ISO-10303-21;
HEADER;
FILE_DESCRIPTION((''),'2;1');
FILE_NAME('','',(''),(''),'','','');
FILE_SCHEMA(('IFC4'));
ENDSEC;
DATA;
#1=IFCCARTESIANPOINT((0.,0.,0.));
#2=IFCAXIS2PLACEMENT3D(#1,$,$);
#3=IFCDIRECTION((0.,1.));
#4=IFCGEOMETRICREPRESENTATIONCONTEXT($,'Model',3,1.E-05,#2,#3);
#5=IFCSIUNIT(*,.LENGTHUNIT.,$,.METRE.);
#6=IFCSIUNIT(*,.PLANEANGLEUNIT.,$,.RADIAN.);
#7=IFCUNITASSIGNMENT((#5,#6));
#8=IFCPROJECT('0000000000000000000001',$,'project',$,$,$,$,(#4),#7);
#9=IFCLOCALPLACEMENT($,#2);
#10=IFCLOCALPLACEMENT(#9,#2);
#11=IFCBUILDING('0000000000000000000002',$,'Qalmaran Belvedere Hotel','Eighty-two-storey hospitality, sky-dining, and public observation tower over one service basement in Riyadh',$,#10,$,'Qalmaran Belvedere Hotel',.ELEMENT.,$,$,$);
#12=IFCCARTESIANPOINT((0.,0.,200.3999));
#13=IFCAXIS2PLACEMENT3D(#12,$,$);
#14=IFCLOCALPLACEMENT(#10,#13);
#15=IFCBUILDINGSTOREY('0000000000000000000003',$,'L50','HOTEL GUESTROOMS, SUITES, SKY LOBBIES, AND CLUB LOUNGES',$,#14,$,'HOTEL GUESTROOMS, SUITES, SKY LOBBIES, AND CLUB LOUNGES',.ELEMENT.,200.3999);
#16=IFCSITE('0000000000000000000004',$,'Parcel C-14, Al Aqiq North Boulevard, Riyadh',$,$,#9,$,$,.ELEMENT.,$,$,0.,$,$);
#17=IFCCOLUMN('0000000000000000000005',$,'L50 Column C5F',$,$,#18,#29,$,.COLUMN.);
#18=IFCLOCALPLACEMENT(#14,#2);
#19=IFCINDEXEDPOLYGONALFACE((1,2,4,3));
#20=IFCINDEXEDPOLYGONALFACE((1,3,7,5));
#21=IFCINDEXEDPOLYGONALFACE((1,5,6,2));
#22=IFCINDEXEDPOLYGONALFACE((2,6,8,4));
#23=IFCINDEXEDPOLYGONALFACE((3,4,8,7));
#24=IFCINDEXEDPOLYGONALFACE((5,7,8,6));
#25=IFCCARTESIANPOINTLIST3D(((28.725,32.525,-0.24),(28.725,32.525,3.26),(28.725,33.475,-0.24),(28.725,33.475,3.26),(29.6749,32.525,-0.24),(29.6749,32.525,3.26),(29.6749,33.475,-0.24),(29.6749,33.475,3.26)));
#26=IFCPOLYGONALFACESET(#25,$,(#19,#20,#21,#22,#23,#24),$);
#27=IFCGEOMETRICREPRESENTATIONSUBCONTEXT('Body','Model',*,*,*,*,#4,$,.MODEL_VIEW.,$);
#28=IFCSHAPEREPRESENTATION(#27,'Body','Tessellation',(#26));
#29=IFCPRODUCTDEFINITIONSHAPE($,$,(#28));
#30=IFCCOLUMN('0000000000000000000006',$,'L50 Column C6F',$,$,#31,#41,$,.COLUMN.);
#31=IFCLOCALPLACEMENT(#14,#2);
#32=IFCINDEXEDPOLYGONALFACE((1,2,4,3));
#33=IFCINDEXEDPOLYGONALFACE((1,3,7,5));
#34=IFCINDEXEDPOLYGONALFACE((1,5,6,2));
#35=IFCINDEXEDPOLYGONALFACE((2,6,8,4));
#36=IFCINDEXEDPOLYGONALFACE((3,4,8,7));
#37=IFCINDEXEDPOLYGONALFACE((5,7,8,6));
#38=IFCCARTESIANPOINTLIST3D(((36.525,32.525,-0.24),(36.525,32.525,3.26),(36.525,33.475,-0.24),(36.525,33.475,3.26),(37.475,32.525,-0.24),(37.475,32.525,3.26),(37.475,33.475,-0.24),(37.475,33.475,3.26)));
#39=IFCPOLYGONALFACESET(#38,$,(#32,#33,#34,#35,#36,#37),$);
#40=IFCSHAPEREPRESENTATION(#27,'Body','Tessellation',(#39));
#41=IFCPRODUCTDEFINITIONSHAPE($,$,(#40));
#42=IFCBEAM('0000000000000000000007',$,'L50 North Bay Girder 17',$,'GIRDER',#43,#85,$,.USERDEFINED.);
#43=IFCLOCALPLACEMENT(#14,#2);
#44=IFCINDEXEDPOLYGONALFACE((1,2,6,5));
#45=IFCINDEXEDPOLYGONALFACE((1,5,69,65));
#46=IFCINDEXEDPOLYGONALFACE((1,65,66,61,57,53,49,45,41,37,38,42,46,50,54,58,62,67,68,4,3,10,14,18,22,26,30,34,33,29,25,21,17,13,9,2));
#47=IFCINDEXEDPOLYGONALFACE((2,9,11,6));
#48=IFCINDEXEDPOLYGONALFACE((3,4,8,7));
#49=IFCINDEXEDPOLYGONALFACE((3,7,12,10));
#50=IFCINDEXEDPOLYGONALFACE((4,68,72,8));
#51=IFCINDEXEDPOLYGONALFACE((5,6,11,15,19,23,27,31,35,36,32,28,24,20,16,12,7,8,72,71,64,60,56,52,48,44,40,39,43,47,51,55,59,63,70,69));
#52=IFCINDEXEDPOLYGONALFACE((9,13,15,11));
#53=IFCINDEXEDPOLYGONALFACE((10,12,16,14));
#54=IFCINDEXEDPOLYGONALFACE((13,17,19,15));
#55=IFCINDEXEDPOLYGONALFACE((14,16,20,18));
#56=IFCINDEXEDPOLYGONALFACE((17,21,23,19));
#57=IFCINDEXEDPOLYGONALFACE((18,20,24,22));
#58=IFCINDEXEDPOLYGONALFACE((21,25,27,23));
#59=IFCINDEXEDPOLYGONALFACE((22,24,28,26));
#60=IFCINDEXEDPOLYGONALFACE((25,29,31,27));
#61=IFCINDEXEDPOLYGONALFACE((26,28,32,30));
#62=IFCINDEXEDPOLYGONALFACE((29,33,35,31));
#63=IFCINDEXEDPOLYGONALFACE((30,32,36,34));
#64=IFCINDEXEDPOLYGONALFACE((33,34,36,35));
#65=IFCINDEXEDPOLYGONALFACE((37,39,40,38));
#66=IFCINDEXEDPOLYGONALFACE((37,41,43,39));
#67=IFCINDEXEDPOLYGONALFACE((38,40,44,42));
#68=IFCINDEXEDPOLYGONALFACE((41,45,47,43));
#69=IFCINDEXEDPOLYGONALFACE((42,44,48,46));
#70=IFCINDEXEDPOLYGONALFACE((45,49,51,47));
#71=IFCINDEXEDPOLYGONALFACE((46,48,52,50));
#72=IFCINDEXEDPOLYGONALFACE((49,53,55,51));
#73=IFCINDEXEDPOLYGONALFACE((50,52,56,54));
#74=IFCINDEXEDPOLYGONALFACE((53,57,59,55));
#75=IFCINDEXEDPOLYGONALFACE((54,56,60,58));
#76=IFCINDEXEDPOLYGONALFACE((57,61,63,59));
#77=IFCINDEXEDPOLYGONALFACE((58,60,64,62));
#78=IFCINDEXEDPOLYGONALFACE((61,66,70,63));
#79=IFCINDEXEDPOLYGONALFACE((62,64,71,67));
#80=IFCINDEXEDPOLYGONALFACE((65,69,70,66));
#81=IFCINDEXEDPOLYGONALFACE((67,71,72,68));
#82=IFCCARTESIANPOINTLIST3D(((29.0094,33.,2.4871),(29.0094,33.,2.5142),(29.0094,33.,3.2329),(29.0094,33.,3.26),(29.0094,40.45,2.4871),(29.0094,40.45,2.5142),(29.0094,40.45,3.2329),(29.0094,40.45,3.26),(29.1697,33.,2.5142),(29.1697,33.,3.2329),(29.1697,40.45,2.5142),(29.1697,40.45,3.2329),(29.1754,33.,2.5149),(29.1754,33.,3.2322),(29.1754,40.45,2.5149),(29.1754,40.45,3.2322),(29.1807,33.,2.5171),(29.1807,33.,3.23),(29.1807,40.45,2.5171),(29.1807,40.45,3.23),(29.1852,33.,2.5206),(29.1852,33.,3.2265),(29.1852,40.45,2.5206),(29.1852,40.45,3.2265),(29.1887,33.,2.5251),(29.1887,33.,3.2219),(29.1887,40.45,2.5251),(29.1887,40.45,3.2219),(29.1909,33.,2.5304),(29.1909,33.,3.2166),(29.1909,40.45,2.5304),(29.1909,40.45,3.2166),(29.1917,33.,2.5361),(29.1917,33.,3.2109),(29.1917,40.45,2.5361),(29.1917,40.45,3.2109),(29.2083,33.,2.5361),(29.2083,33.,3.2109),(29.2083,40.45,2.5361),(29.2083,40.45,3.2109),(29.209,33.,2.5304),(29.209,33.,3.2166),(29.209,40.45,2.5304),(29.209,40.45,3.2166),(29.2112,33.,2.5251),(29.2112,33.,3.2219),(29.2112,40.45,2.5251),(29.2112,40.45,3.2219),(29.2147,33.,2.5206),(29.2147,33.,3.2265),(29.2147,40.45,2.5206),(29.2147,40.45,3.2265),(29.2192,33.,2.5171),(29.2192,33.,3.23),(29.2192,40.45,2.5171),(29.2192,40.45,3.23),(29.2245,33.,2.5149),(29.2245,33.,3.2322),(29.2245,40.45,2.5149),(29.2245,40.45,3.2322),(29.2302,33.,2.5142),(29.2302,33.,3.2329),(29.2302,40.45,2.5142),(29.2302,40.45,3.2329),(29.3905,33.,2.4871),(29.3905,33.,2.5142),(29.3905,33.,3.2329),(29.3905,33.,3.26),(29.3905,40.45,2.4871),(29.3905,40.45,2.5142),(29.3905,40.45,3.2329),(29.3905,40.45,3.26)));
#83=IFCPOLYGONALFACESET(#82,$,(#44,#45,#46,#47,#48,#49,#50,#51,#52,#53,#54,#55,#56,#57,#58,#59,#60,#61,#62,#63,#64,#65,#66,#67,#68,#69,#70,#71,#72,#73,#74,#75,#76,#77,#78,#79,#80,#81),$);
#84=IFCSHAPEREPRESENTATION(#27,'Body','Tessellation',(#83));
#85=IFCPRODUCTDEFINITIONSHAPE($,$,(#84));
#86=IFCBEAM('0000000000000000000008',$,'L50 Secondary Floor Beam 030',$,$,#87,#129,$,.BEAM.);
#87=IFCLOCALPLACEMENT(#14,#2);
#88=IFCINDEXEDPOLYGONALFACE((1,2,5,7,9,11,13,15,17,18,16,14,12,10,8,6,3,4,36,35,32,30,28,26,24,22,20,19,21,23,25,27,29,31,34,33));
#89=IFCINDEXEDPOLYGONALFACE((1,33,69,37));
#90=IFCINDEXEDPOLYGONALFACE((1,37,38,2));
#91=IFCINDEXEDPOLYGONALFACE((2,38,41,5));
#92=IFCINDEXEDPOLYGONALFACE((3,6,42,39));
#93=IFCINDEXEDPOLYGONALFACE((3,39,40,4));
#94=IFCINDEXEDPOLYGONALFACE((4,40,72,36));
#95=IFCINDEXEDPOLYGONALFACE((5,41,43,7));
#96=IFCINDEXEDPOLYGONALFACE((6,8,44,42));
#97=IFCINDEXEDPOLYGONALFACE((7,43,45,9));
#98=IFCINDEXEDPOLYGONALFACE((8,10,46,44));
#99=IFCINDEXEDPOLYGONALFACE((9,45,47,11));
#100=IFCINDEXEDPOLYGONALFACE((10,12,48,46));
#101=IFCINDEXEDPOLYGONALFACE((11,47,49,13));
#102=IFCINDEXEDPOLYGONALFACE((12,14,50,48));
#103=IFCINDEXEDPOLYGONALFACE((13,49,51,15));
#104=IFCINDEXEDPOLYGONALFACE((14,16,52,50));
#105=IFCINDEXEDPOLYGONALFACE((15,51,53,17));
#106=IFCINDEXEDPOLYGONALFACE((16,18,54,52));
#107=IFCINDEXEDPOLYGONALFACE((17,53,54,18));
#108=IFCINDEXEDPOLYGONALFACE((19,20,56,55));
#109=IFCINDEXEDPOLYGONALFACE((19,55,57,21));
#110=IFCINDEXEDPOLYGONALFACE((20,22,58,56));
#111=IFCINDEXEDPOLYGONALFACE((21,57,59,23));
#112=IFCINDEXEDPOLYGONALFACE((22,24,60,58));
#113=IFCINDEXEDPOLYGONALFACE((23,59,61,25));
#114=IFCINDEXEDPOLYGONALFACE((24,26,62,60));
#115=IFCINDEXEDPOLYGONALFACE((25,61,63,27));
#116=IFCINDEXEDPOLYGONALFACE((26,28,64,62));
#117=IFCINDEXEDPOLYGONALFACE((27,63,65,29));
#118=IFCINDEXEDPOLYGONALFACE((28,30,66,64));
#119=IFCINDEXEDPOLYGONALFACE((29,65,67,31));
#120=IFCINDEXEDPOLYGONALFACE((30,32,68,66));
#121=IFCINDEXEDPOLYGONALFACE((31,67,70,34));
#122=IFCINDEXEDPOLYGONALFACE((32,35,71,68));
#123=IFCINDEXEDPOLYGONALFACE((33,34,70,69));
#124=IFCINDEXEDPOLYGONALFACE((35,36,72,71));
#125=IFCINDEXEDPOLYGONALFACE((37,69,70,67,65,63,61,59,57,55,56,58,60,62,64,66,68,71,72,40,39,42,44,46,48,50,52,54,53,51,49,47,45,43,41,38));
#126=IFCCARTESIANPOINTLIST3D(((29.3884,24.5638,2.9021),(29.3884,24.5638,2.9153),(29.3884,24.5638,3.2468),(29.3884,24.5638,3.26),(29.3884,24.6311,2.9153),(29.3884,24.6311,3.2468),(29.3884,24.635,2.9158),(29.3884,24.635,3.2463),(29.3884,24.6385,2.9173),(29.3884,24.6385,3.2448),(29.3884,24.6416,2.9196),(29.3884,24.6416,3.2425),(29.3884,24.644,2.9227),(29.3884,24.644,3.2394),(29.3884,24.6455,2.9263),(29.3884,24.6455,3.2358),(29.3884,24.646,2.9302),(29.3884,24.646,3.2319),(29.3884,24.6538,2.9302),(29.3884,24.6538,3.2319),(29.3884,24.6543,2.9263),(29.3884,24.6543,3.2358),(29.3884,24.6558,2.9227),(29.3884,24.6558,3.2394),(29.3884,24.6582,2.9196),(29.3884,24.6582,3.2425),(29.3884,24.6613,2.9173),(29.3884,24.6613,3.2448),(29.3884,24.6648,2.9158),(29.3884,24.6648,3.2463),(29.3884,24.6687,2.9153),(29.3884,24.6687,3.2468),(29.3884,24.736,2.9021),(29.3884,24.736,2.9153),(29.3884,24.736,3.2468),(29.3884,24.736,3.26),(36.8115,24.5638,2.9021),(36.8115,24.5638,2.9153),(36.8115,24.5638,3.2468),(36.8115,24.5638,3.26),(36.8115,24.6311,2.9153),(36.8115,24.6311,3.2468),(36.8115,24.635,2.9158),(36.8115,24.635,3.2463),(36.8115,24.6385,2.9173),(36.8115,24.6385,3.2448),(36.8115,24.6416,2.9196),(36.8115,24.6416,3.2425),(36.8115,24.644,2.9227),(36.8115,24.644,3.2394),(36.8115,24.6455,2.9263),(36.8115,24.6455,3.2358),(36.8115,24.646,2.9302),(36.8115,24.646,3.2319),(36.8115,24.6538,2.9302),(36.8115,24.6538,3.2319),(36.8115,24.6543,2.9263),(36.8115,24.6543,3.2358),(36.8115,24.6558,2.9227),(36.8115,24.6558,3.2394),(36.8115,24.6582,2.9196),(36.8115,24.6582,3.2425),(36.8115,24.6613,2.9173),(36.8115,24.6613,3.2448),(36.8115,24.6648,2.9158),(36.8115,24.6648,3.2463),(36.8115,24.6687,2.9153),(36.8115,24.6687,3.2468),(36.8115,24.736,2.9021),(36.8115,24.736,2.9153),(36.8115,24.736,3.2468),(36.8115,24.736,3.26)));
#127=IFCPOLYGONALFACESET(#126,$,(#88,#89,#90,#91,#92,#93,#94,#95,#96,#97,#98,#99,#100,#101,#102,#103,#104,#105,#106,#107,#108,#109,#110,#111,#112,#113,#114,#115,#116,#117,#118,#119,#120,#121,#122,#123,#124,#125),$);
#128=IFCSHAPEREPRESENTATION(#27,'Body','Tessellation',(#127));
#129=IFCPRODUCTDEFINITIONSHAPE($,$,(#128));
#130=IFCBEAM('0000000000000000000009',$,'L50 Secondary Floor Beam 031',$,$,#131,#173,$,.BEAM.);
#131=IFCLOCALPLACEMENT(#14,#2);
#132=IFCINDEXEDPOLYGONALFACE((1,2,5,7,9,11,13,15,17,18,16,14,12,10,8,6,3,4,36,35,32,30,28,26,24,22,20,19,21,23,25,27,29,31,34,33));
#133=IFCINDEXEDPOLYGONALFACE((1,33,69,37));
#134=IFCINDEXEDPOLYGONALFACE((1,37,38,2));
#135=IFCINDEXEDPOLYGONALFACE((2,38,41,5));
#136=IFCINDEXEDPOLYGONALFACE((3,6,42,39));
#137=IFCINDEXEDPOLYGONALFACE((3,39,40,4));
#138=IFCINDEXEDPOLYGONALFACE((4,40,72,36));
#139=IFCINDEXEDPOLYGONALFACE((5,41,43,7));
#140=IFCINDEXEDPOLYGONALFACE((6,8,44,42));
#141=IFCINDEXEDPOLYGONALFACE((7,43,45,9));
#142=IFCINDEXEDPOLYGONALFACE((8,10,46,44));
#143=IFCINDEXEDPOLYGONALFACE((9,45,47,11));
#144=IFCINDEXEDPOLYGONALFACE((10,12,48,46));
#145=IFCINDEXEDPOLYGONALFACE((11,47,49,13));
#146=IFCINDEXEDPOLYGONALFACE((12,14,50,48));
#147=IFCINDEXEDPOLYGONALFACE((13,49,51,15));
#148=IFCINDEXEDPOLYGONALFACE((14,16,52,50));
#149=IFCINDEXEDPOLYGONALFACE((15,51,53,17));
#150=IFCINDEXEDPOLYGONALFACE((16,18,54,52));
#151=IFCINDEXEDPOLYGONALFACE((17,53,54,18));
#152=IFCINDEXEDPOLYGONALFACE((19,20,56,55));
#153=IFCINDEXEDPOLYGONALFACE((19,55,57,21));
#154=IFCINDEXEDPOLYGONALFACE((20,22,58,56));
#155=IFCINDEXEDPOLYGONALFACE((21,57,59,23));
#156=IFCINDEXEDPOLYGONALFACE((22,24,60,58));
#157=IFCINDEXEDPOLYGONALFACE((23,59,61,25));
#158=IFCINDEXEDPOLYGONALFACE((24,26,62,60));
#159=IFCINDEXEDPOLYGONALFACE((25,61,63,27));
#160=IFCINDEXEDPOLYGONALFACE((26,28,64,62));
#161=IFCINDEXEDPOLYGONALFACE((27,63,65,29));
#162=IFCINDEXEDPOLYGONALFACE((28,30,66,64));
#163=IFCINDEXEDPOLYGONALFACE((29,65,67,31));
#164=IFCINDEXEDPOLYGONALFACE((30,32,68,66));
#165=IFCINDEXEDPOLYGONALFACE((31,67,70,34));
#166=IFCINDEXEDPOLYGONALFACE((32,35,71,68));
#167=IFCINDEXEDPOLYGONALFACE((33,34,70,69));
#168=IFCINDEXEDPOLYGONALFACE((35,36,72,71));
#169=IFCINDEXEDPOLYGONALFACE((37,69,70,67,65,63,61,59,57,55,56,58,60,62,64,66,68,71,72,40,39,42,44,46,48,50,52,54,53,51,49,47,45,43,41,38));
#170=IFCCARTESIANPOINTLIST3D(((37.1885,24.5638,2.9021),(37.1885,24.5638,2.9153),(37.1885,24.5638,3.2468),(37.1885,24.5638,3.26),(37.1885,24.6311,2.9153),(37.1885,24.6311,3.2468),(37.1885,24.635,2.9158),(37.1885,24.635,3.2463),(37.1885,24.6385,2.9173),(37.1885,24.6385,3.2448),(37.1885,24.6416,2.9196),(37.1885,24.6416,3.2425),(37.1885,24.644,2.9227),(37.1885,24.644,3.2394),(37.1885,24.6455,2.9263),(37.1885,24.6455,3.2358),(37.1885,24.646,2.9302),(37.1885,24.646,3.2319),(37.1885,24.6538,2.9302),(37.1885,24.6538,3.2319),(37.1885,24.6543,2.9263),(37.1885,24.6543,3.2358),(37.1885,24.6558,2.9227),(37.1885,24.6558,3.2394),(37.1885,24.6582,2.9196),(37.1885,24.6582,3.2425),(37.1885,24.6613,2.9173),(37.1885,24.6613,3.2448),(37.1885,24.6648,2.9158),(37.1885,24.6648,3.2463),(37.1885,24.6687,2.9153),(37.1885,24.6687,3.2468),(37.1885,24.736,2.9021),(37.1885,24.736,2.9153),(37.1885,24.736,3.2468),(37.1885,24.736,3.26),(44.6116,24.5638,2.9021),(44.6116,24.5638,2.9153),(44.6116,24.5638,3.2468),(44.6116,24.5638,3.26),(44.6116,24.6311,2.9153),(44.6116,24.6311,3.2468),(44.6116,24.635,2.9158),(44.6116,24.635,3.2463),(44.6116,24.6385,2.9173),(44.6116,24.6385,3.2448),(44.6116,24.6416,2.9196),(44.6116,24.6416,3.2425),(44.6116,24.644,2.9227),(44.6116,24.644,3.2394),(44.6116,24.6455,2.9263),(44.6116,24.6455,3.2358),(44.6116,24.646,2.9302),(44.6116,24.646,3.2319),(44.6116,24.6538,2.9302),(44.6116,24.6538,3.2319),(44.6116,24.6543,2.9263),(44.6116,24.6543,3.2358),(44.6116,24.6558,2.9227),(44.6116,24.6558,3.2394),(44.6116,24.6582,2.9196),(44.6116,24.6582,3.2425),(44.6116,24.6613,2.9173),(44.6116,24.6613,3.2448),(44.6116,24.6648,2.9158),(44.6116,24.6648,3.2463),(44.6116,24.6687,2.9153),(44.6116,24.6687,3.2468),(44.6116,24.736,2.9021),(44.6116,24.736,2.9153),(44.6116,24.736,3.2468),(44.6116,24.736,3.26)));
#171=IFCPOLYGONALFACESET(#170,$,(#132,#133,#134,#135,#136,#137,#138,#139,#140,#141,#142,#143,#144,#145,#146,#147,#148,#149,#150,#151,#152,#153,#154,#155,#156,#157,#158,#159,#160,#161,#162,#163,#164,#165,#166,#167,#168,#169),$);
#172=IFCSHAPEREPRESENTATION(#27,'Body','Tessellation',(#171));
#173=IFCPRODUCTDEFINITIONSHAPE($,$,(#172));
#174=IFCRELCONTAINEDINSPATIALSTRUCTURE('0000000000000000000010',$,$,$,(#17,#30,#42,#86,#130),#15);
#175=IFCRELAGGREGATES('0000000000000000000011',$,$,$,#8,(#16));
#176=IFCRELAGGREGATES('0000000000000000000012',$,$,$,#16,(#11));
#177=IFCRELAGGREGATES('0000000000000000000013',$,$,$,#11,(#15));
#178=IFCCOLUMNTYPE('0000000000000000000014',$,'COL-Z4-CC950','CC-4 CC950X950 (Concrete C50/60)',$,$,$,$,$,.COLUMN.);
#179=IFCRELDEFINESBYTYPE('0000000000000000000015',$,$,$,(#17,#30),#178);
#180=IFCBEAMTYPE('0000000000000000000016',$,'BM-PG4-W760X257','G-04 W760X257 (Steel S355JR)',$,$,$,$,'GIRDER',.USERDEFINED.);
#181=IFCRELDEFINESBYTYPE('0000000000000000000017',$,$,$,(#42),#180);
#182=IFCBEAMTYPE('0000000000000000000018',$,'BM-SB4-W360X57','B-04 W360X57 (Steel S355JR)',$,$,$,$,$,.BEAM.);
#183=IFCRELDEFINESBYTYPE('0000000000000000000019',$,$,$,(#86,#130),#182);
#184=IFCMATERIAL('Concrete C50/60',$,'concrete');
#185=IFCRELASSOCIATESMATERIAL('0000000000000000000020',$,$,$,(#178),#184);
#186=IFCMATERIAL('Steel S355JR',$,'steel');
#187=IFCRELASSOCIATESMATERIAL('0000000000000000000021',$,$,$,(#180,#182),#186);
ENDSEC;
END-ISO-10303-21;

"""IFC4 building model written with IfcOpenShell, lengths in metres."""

from ifc_helpers import new_model, si_unit, direction, frame, origin, origin_2d, place, context, subcontext, project, spatial, rectangle, i_section, extrude, material, material_profile, profile_set, type_object, element, save


model = new_model("IFC4")

# Units and contexts
model_context = context("Model", 3, precision=1e-05, world=origin(), true_north=direction((0.0, 1.0)))
body_context = subcontext(model_context, "Body", "Model", "MODEL_VIEW")
ifc_project = project(units=[si_unit("LENGTHUNIT", "METRE"), si_unit("PLANEANGLEUNIT", "RADIAN")], contexts=[model_context])

# Site, building, storey
site_placement = place(None, origin())
site = spatial("IfcSite", under=ifc_project, at=site_placement, Name="Parcel C-14, Al Aqiq North Boulevard, Riyadh", CompositionType="ELEMENT", RefElevation=0.0)
building_placement = place(site_placement, origin())
building = spatial("IfcBuilding", under=site, at=building_placement, Name="Qalmaran Belvedere Hotel", Description="Eighty-two-storey hospitality, sky-dining, and public observation tower over one service basement in Riyadh", LongName="Qalmaran Belvedere Hotel", CompositionType="ELEMENT")
storey_placement = place(building_placement, frame((0.0, 0.0, 200.3999)))
storey = spatial("IfcBuildingStorey", under=building, at=storey_placement, Name="L50", Description="HOTEL GUESTROOMS, SUITES, SKY LOBBIES, AND CLUB LOUNGES", LongName="HOTEL GUESTROOMS, SUITES, SKY LOBBIES, AND CLUB LOUNGES", CompositionType="ELEMENT", Elevation=200.3999)

# Columns
ifc_material_1 = material(Name="Concrete C50/60", Category="concrete")
ifc_material_profile_1 = material_profile(ifc_material_1, rectangle(XDim=0.95, YDim=0.95, at=origin_2d()), Name="CC950X950")
ifc_profile_set_1 = profile_set([ifc_material_profile_1], Name="Concrete C50/60")
column_type = type_object("IfcColumnType", Name="COL-Z4-CC950", Description="CC-4 CC950X950 (Concrete C50/60)", PredefinedType="COLUMN", material=ifc_profile_set_1)
for number, where, z_axis, x_axis, name in (
    (1, (29.2, 33.0, -0.24), (0.0, 0.0, 1.0), (1.0, 0.0, 0.0), "L50 Column C5F"),
    (2, (37.0, 33.0, -0.24), (0.0, 0.0, 1.0), (1.0, 0.0, 0.0), "L50 Column C6F"),
):
    element("IfcColumn", number, at=place(storey_placement, frame(where, z_axis=z_axis, x_axis=x_axis)), inside=storey, type_object=column_type, Name=name, PredefinedType="COLUMN", context=body_context, shape_type="SweptSolid", body=[
        extrude(rectangle(XDim=0.95, YDim=0.95, at=origin_2d()), origin(), (0.0, 0.0, 1.0), 3.5),
    ])

# Beams
ifc_material_2 = material(Name="Steel S355JR", Category="steel")
ifc_material_profile_2 = material_profile(ifc_material_2, i_section(OverallWidth=0.3811, OverallDepth=0.7729, WebThickness=0.0166, FlangeThickness=0.0271, FilletRadius=0.022, at=origin_2d()), Name="W760X257")
ifc_profile_set_2 = profile_set([ifc_material_profile_2], Name="Steel S355JR")
beam_type_1 = type_object("IfcBeamType", Name="BM-PG4-W760X257", Description="G-04 W760X257 (Steel S355JR)", ElementType="GIRDER", PredefinedType="USERDEFINED", material=ifc_profile_set_2)
beam_1_placement = place(storey_placement, frame((29.2, 33.0, 2.8735), z_axis=(0.0, 1.0, 0.0), x_axis=(-1.0, 0.0, 0.0)))
element("IfcBeam", 3, at=beam_1_placement, inside=storey, type_object=beam_type_1, Name="L50 North Bay Girder 17", ObjectType="GIRDER", PredefinedType="USERDEFINED", context=body_context, shape_type="SweptSolid", body=[
    extrude(i_section(OverallWidth=0.3811, OverallDepth=0.7729, WebThickness=0.0166, FlangeThickness=0.0271, FilletRadius=0.022, at=origin_2d()), origin(), (0.0, 0.0, 1.0), 7.45),
])
ifc_material_profile_3 = material_profile(ifc_material_2, i_section(OverallWidth=0.1721, OverallDepth=0.3579, WebThickness=0.0078, FlangeThickness=0.0132, FilletRadius=0.0149, at=origin_2d()), Name="W360X57")
ifc_profile_set_3 = profile_set([ifc_material_profile_3], Name="Steel S355JR")
beam_type_2 = type_object("IfcBeamType", Name="BM-SB4-W360X57", Description="B-04 W360X57 (Steel S355JR)", PredefinedType="BEAM", material=ifc_profile_set_3)
for number, where, z_axis, x_axis, name in (
    (4, (29.3884, 24.6499, 3.0811), (1.0, 0.0, 0.0), (0.0, 1.0, 0.0), "L50 Secondary Floor Beam 030"),
    (5, (37.1885, 24.6499, 3.0811), (1.0, 0.0, 0.0), (0.0, 1.0, 0.0), "L50 Secondary Floor Beam 031"),
):
    element("IfcBeam", number, at=place(storey_placement, frame(where, z_axis=z_axis, x_axis=x_axis)), inside=storey, type_object=beam_type_2, Name=name, PredefinedType="BEAM", context=body_context, shape_type="SweptSolid", body=[
        extrude(i_section(OverallWidth=0.1721, OverallDepth=0.3579, WebThickness=0.0078, FlangeThickness=0.0132, FilletRadius=0.0149, at=origin_2d()), origin(), (0.0, 0.0, 1.0), 7.4231),
    ])

save(model, "model.ifc")
